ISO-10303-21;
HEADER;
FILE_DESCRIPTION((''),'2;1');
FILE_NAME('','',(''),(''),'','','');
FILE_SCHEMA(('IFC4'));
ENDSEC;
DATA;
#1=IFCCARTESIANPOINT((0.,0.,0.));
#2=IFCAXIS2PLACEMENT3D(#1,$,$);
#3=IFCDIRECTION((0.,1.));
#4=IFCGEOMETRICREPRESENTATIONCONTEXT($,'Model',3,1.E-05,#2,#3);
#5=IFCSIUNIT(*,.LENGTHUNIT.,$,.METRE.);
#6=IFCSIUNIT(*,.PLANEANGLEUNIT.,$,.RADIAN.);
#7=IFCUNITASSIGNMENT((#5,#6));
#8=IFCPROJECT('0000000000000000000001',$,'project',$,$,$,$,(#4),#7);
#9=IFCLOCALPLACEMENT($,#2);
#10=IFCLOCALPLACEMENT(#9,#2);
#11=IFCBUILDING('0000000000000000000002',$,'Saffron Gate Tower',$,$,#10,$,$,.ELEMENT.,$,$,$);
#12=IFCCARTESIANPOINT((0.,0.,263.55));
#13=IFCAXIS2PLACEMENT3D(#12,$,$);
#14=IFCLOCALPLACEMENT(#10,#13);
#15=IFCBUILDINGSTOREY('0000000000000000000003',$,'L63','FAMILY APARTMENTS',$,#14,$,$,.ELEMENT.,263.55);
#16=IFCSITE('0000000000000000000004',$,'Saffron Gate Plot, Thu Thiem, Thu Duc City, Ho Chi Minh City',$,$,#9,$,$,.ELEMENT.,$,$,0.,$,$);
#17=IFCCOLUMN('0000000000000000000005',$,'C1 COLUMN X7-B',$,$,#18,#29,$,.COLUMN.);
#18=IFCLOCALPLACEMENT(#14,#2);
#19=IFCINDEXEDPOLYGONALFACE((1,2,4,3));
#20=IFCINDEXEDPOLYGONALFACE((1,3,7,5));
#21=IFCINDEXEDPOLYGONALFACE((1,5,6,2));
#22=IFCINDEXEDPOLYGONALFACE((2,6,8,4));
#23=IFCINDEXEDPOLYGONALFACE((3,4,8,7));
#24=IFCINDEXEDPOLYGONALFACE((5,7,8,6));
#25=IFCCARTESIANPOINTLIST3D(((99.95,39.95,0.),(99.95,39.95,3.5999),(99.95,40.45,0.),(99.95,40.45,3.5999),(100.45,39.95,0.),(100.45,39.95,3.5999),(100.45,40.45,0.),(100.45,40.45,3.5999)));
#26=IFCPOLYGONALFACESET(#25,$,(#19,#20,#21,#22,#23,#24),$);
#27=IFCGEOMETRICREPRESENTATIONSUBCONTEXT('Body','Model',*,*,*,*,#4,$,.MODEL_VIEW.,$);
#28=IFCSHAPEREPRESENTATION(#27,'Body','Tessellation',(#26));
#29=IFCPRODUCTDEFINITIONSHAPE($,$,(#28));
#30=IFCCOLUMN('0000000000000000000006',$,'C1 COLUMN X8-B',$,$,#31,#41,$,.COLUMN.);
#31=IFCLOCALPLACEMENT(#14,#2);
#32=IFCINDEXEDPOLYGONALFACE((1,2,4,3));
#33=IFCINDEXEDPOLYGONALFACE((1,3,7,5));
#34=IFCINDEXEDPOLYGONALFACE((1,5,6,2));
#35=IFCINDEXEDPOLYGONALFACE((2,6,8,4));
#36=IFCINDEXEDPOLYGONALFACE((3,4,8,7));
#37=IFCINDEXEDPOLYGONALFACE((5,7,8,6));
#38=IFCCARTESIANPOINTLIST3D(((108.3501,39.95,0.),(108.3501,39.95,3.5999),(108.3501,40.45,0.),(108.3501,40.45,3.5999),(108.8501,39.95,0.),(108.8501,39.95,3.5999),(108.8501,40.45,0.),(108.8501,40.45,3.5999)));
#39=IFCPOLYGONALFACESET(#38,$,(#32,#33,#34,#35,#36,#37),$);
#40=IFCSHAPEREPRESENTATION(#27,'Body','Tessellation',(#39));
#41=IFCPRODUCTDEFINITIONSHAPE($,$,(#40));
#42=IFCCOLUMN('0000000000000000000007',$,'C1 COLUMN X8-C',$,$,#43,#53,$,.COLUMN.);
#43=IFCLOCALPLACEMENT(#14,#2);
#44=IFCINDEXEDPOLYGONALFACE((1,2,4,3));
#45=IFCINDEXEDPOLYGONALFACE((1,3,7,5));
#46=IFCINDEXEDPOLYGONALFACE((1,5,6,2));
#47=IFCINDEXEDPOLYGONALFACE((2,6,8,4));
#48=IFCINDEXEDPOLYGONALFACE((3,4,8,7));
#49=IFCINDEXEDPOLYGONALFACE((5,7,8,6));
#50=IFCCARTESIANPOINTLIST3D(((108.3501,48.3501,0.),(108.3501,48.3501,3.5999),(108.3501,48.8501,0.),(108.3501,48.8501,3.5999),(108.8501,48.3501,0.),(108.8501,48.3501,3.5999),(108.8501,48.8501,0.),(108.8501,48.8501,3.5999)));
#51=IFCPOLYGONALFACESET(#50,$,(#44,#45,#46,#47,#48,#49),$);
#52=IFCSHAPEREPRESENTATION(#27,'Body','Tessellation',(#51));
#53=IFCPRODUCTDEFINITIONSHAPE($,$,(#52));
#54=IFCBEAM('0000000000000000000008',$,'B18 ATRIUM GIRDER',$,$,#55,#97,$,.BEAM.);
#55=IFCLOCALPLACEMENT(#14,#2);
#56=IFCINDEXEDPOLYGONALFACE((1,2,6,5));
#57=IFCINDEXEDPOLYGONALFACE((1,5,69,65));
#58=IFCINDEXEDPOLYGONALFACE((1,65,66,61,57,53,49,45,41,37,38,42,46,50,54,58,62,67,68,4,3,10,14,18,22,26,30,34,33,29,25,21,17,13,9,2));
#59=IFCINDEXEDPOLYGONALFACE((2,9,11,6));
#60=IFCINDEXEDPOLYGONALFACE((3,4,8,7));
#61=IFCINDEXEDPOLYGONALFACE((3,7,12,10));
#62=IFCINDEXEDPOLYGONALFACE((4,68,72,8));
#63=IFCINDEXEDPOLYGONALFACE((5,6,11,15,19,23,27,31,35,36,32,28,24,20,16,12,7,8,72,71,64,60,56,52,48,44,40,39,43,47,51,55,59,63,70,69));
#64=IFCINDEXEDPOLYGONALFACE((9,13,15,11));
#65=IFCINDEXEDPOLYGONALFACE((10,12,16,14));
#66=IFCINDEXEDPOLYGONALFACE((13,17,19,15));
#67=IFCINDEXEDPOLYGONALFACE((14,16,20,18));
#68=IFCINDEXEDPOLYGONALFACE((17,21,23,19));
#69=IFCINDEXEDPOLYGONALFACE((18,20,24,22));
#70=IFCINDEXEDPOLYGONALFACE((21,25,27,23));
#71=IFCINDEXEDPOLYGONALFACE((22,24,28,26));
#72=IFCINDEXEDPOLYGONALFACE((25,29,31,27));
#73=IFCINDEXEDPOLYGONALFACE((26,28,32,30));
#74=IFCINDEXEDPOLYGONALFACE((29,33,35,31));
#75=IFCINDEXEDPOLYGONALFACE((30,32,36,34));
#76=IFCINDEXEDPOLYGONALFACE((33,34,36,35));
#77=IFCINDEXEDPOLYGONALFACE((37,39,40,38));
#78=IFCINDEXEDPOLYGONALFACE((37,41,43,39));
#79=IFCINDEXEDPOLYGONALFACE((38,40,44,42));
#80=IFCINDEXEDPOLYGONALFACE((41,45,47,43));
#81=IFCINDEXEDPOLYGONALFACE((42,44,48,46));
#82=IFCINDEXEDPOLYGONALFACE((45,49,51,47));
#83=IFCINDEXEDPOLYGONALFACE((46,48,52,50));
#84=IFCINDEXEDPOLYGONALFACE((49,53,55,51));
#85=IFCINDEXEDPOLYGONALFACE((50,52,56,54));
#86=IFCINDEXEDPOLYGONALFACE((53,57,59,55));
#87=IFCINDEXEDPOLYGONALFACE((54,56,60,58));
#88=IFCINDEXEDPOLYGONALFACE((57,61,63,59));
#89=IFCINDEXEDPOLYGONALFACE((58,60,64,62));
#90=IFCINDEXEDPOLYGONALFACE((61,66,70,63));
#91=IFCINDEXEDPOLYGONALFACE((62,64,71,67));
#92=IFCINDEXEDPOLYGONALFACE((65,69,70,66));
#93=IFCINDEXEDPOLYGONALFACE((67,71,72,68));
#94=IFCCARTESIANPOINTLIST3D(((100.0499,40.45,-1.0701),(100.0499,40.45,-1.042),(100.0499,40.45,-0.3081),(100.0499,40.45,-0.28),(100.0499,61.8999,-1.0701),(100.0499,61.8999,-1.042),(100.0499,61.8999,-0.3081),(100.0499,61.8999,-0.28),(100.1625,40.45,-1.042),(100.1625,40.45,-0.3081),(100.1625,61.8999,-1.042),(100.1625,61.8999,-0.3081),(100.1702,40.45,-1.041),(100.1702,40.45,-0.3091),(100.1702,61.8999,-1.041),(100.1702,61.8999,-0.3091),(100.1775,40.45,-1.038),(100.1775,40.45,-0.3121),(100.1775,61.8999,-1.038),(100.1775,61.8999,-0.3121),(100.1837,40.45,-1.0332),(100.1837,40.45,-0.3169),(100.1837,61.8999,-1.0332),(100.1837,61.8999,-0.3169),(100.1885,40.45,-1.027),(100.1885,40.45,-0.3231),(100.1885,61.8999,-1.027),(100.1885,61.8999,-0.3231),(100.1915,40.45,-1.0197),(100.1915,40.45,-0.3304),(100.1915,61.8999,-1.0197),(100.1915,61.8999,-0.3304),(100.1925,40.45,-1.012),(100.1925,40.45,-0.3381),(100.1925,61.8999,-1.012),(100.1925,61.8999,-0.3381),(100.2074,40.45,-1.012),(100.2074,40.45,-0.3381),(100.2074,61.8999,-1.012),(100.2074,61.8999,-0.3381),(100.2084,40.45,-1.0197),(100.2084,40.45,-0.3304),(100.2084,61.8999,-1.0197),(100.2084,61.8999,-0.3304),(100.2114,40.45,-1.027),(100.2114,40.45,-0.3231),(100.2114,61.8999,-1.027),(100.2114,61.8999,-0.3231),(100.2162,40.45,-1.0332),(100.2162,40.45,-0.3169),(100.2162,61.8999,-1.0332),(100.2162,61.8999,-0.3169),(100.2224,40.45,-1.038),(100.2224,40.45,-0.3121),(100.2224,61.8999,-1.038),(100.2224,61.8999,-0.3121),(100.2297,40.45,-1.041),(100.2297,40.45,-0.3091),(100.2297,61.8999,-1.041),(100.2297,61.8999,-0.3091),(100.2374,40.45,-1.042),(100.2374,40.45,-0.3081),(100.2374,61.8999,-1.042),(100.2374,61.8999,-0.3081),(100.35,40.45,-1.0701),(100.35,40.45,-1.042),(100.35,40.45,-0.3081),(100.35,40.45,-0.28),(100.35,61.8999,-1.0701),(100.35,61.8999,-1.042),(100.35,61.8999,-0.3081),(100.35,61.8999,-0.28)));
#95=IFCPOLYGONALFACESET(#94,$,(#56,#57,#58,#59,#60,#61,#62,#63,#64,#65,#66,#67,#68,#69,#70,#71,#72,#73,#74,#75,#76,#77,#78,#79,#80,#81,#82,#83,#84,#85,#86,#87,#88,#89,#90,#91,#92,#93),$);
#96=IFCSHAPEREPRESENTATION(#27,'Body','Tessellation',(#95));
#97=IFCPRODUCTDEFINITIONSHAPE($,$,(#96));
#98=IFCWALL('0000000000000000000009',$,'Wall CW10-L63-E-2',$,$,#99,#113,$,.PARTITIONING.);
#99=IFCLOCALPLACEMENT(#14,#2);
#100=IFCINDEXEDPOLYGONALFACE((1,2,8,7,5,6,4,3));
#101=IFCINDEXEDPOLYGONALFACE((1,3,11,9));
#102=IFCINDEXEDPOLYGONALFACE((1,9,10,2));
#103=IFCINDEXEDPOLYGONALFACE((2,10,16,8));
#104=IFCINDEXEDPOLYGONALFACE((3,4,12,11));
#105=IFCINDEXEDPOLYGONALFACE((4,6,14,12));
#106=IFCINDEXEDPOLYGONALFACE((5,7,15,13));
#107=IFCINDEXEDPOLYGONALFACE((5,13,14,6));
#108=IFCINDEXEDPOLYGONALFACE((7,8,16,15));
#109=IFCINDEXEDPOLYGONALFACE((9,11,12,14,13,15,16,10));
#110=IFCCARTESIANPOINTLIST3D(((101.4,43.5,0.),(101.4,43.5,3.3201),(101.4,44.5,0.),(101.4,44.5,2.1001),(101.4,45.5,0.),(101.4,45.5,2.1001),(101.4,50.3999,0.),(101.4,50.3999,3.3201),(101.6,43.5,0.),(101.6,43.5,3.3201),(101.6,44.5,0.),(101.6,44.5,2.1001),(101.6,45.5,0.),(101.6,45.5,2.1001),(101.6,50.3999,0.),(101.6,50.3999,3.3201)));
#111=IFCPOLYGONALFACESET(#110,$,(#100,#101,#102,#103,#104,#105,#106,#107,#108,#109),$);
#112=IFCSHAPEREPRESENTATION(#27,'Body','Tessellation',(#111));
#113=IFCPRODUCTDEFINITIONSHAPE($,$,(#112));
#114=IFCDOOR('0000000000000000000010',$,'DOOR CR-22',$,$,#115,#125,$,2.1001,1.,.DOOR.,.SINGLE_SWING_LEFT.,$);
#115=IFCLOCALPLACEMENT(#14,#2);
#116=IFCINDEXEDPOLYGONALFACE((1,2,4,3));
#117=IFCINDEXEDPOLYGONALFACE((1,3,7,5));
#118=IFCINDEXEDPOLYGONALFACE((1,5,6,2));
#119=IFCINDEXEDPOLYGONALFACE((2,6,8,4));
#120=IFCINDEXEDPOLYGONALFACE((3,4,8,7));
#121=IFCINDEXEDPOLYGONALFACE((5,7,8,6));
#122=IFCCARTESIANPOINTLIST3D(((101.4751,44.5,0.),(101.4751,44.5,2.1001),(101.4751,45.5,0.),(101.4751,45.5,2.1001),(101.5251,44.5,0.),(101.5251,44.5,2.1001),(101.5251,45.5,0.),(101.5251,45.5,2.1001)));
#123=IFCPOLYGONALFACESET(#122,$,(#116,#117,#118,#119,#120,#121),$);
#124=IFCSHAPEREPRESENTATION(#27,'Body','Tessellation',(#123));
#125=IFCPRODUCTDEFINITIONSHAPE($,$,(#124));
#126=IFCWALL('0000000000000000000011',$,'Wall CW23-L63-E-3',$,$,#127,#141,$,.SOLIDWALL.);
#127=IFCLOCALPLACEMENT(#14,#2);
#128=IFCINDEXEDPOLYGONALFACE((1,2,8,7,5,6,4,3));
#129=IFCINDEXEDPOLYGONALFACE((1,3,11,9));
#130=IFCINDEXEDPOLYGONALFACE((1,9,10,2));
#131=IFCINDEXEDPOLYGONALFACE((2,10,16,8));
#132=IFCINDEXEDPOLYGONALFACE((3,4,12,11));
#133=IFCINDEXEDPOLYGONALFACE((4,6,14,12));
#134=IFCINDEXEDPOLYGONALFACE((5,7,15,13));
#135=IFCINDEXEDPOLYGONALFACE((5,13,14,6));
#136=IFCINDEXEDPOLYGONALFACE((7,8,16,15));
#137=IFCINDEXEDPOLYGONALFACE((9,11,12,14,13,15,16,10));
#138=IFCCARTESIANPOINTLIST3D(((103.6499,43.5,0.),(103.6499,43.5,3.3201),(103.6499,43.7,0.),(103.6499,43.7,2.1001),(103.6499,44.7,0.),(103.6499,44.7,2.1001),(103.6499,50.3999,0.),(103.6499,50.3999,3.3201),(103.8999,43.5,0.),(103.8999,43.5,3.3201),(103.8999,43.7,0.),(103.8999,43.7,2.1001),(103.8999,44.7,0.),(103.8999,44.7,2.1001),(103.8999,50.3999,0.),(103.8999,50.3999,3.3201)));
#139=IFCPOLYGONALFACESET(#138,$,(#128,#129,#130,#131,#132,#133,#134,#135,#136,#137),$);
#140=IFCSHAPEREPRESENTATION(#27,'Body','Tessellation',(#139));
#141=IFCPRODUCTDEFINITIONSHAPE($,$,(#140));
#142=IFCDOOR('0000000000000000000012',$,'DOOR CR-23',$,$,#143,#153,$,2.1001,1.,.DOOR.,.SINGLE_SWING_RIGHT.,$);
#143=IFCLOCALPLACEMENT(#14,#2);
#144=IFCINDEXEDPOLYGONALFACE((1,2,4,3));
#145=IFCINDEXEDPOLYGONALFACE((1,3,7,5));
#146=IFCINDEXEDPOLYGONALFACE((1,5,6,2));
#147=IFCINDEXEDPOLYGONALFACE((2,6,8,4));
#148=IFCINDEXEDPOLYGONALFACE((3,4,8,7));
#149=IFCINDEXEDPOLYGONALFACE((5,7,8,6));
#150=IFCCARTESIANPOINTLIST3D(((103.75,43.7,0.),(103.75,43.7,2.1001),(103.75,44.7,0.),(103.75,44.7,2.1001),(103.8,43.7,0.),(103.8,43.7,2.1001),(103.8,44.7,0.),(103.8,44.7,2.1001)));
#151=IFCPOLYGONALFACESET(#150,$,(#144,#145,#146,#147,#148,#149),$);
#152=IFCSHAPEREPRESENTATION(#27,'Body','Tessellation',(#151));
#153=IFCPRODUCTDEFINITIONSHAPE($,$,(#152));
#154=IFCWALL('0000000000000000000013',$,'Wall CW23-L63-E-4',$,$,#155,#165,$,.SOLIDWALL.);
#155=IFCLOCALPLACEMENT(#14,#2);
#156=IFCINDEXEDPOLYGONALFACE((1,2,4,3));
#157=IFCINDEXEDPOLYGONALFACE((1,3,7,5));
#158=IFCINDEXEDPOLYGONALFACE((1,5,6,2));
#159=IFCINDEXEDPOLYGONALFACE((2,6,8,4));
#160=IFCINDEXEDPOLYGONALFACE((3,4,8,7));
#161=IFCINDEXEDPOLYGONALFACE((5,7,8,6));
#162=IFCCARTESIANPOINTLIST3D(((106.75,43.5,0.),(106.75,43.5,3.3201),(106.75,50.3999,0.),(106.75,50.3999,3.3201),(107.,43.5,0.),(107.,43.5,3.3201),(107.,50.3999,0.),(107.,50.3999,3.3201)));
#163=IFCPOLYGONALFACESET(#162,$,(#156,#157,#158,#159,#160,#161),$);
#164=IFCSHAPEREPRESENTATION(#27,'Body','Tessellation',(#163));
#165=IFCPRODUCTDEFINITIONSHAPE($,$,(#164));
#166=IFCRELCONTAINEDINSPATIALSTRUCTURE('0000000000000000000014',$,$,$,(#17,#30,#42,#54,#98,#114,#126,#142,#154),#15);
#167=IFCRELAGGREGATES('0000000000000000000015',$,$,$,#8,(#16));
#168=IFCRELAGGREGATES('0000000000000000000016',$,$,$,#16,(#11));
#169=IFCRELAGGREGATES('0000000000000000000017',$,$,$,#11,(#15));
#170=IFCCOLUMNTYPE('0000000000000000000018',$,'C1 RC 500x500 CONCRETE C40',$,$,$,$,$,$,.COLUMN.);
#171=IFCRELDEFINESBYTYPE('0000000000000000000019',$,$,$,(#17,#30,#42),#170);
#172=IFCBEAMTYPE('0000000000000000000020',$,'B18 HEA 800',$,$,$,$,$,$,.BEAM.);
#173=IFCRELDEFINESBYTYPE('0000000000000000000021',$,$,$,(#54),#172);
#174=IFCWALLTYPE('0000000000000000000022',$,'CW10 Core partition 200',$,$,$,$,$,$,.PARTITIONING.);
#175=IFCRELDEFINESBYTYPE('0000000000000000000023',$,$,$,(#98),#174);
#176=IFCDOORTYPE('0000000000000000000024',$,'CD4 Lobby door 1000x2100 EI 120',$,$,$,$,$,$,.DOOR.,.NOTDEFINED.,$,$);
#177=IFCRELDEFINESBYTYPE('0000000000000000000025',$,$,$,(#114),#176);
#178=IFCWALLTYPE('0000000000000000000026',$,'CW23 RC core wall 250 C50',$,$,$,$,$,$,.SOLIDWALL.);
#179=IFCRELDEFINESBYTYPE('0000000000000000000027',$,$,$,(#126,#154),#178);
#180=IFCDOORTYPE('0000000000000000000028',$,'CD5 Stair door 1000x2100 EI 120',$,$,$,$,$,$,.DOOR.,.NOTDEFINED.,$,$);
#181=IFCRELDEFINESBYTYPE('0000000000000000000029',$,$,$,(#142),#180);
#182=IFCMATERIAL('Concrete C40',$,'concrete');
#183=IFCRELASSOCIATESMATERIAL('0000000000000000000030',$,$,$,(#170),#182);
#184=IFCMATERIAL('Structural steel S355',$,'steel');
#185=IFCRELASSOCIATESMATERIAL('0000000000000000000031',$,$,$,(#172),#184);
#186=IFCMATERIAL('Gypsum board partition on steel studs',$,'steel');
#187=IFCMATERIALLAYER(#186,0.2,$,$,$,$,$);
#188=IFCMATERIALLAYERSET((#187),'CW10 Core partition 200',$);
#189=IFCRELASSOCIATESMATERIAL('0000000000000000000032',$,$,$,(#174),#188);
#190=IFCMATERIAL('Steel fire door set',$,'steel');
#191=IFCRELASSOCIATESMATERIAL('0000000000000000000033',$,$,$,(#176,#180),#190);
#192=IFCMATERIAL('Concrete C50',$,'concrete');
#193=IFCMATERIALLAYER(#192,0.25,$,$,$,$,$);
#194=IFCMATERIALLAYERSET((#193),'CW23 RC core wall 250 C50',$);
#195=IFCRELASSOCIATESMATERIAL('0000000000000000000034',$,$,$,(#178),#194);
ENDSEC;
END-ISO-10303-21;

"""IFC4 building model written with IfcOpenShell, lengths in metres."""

from ifc_helpers import new_model, si_unit, direction, frame, frame_2d, origin, origin_2d, place, context, subcontext, project, spatial, rectangle, i_section, extrude, material, layer, layer_set, material_profile, profile_set, type_object, element, fill, save


model = new_model("IFC4")

# Units and contexts
model_context = context("Model", 3, precision=1e-05, world=origin(), true_north=direction((0.0, 1.0)))
body_context = subcontext(model_context, "Body", "Model", "MODEL_VIEW")
ifc_project = project(units=[si_unit("LENGTHUNIT", "METRE"), si_unit("PLANEANGLEUNIT", "RADIAN")], contexts=[model_context])

# Site, building, storey
site_placement = place(None, origin())
site = spatial("IfcSite", under=ifc_project, at=site_placement, Name="Saffron Gate Plot, Thu Thiem, Thu Duc City, Ho Chi Minh City", CompositionType="ELEMENT", RefElevation=0.0)
building_placement = place(site_placement, origin())
building = spatial("IfcBuilding", under=site, at=building_placement, Name="Saffron Gate Tower", CompositionType="ELEMENT")
storey_placement = place(building_placement, frame((0.0, 0.0, 263.55)))
storey = spatial("IfcBuildingStorey", under=building, at=storey_placement, Name="L63", Description="FAMILY APARTMENTS", CompositionType="ELEMENT", Elevation=263.55)

# Columns
ifc_material_1 = material(Name="Concrete C40", Category="concrete")
ifc_material_profile_1 = material_profile(ifc_material_1, rectangle(XDim=0.5, YDim=0.5, at=origin_2d()))
ifc_profile_set_1 = profile_set([ifc_material_profile_1], Name="Concrete C40")
column_type = type_object("IfcColumnType", Name="C1 RC 500x500 CONCRETE C40", PredefinedType="COLUMN", material=ifc_profile_set_1)
for number, where, z_axis, x_axis, name in (
    (1, (100.2, 40.2, 0.0), (0.0, 0.0, 1.0), (1.0, 0.0, 0.0), "C1 COLUMN X7-B"),
    (2, (108.6001, 40.2, 0.0), (0.0, 0.0, 1.0), (1.0, 0.0, 0.0), "C1 COLUMN X8-B"),
    (3, (108.6001, 48.6001, 0.0), (0.0, 0.0, 1.0), (1.0, 0.0, 0.0), "C1 COLUMN X8-C"),
):
    element("IfcColumn", number, at=place(storey_placement, frame(where, z_axis=z_axis, x_axis=x_axis)), inside=storey, type_object=column_type, Name=name, PredefinedType="COLUMN", context=body_context, shape_type="SweptSolid", body=[
        extrude(rectangle(XDim=0.5, YDim=0.5, at=origin_2d()), origin(), (0.0, 0.0, 1.0), 3.5999),
    ])

# Beam
ifc_material_2 = material(Name="Structural steel S355", Category="steel")
ifc_material_profile_2 = material_profile(ifc_material_2, i_section(OverallWidth=0.3, OverallDepth=0.79, WebThickness=0.0149, FlangeThickness=0.0281, FilletRadius=0.03, at=origin_2d()))
ifc_profile_set_2 = profile_set([ifc_material_profile_2], Name="Structural steel S355")
beam_type = type_object("IfcBeamType", Name="B18 HEA 800", PredefinedType="BEAM", material=ifc_profile_set_2)
beam_placement = place(storey_placement, frame((100.2, 40.45, -0.675), z_axis=(0.0, 1.0, 0.0), x_axis=(-1.0, 0.0, 0.0)))
element("IfcBeam", 4, at=beam_placement, inside=storey, type_object=beam_type, Name="B18 ATRIUM GIRDER", PredefinedType="BEAM", context=body_context, shape_type="SweptSolid", body=[
    extrude(i_section(OverallWidth=0.3, OverallDepth=0.79, WebThickness=0.0149, FlangeThickness=0.0281, FilletRadius=0.03, at=origin_2d()), origin(), (0.0, 0.0, 1.0), 21.45),
])

# Walls, openings, doors
ifc_material_3 = material(Name="Gypsum board partition on steel studs", Category="steel")
ifc_layer_1 = layer(ifc_material_3, 0.2)
ifc_layer_set_1 = layer_set([ifc_layer_1], Name="CW10 Core partition 200")
wall_type_1 = type_object("IfcWallType", Name="CW10 Core partition 200", PredefinedType="PARTITIONING", material=ifc_layer_set_1)
wall_1_placement = place(storey_placement, frame((101.5, 43.5, 0.0), z_axis=(0.0, 0.0, 1.0), x_axis=(0.0, 1.0, 0.0)))
wall_1 = element("IfcWall", 5, at=wall_1_placement, inside=storey, type_object=wall_type_1, Name="Wall CW10-L63-E-2", PredefinedType="PARTITIONING", context=body_context, shape_type="SweptSolid", body=[
    extrude(rectangle(XDim=6.8999, YDim=0.2, at=frame_2d((3.45, 0.0))), origin(), (0.0, 0.0, 1.0), 3.3201),
])
opening_1_placement = place(wall_1_placement, frame((1.0, 0.0, 0.0)))
opening_1 = element("IfcOpeningElement", 6, at=opening_1_placement, cuts=wall_1, PredefinedType="OPENING", context=body_context, shape_type="SweptSolid", body=[
    extrude(rectangle(XDim=1.0, YDim=2.1001, at=frame_2d((0.5, 1.05))), frame((0.0, 0.1099, 0.0), z_axis=(0.0, -1.0, 0.0), x_axis=(1.0, 0.0, 0.0)), (0.0, 0.0, 1.0), 0.22),
])
ifc_material_4 = material(Name="Steel fire door set", Category="steel")
door_type_1 = type_object("IfcDoorType", Name="CD4 Lobby door 1000x2100 EI 120", OperationType="NOTDEFINED", PredefinedType="DOOR", material=ifc_material_4)
door_1_placement = place(opening_1_placement, origin())
door_1 = element("IfcDoor", 7, at=door_1_placement, inside=storey, type_object=door_type_1, Name="DOOR CR-22", OperationType="SINGLE_SWING_LEFT", OverallHeight=2.1001, OverallWidth=1.0, PredefinedType="DOOR", context=body_context, shape_type="SweptSolid", body=[
    extrude(rectangle(XDim=1.0, YDim=2.1001, at=frame_2d((0.5, 1.05))), frame((0.0, 0.0249, 0.0), z_axis=(0.0, -1.0, 0.0), x_axis=(1.0, 0.0, 0.0)), (0.0, 0.0, 1.0), 0.05),
])
fill(opening_1, door_1)
ifc_material_5 = material(Name="Concrete C50", Category="concrete")
ifc_layer_2 = layer(ifc_material_5, 0.25)
ifc_layer_set_2 = layer_set([ifc_layer_2], Name="CW23 RC core wall 250 C50")
wall_type_2 = type_object("IfcWallType", Name="CW23 RC core wall 250 C50", PredefinedType="SOLIDWALL", material=ifc_layer_set_2)
wall_2_placement = place(storey_placement, frame((103.7749, 43.5, 0.0), z_axis=(0.0, 0.0, 1.0), x_axis=(0.0, 1.0, 0.0)))
wall_2 = element("IfcWall", 8, at=wall_2_placement, inside=storey, type_object=wall_type_2, Name="Wall CW23-L63-E-3", PredefinedType="SOLIDWALL", context=body_context, shape_type="SweptSolid", body=[
    extrude(rectangle(XDim=6.8999, YDim=0.25, at=frame_2d((3.45, 0.0))), origin(), (0.0, 0.0, 1.0), 3.3201),
])
opening_2_placement = place(wall_2_placement, frame((0.2, 0.0, 0.0)))
opening_2 = element("IfcOpeningElement", 9, at=opening_2_placement, cuts=wall_2, PredefinedType="OPENING", context=body_context, shape_type="SweptSolid", body=[
    extrude(rectangle(XDim=1.0, YDim=2.1001, at=frame_2d((0.5, 1.05))), frame((0.0, 0.135, 0.0), z_axis=(0.0, -1.0, 0.0), x_axis=(1.0, 0.0, 0.0)), (0.0, 0.0, 1.0), 0.27),
])
door_type_2 = type_object("IfcDoorType", Name="CD5 Stair door 1000x2100 EI 120", OperationType="NOTDEFINED", PredefinedType="DOOR", material=ifc_material_4)
door_2_placement = place(opening_2_placement, origin())
door_2 = element("IfcDoor", 10, at=door_2_placement, inside=storey, type_object=door_type_2, Name="DOOR CR-23", OperationType="SINGLE_SWING_RIGHT", OverallHeight=2.1001, OverallWidth=1.0, PredefinedType="DOOR", context=body_context, shape_type="SweptSolid", body=[
    extrude(rectangle(XDim=1.0, YDim=2.1001, at=frame_2d((0.5, 1.05))), frame((0.0, 0.0249, 0.0), z_axis=(0.0, -1.0, 0.0), x_axis=(1.0, 0.0, 0.0)), (0.0, 0.0, 1.0), 0.05),
])
fill(opening_2, door_2)

# Wall
wall_3_placement = place(storey_placement, frame((106.875, 43.5, 0.0), z_axis=(0.0, 0.0, 1.0), x_axis=(0.0, 1.0, 0.0)))
element("IfcWall", 11, at=wall_3_placement, inside=storey, type_object=wall_type_2, Name="Wall CW23-L63-E-4", PredefinedType="SOLIDWALL", context=body_context, shape_type="SweptSolid", body=[
    extrude(rectangle(XDim=6.8999, YDim=0.25, at=frame_2d((3.45, 0.0))), origin(), (0.0, 0.0, 1.0), 3.3201),
])

save(model, "model.ifc")
